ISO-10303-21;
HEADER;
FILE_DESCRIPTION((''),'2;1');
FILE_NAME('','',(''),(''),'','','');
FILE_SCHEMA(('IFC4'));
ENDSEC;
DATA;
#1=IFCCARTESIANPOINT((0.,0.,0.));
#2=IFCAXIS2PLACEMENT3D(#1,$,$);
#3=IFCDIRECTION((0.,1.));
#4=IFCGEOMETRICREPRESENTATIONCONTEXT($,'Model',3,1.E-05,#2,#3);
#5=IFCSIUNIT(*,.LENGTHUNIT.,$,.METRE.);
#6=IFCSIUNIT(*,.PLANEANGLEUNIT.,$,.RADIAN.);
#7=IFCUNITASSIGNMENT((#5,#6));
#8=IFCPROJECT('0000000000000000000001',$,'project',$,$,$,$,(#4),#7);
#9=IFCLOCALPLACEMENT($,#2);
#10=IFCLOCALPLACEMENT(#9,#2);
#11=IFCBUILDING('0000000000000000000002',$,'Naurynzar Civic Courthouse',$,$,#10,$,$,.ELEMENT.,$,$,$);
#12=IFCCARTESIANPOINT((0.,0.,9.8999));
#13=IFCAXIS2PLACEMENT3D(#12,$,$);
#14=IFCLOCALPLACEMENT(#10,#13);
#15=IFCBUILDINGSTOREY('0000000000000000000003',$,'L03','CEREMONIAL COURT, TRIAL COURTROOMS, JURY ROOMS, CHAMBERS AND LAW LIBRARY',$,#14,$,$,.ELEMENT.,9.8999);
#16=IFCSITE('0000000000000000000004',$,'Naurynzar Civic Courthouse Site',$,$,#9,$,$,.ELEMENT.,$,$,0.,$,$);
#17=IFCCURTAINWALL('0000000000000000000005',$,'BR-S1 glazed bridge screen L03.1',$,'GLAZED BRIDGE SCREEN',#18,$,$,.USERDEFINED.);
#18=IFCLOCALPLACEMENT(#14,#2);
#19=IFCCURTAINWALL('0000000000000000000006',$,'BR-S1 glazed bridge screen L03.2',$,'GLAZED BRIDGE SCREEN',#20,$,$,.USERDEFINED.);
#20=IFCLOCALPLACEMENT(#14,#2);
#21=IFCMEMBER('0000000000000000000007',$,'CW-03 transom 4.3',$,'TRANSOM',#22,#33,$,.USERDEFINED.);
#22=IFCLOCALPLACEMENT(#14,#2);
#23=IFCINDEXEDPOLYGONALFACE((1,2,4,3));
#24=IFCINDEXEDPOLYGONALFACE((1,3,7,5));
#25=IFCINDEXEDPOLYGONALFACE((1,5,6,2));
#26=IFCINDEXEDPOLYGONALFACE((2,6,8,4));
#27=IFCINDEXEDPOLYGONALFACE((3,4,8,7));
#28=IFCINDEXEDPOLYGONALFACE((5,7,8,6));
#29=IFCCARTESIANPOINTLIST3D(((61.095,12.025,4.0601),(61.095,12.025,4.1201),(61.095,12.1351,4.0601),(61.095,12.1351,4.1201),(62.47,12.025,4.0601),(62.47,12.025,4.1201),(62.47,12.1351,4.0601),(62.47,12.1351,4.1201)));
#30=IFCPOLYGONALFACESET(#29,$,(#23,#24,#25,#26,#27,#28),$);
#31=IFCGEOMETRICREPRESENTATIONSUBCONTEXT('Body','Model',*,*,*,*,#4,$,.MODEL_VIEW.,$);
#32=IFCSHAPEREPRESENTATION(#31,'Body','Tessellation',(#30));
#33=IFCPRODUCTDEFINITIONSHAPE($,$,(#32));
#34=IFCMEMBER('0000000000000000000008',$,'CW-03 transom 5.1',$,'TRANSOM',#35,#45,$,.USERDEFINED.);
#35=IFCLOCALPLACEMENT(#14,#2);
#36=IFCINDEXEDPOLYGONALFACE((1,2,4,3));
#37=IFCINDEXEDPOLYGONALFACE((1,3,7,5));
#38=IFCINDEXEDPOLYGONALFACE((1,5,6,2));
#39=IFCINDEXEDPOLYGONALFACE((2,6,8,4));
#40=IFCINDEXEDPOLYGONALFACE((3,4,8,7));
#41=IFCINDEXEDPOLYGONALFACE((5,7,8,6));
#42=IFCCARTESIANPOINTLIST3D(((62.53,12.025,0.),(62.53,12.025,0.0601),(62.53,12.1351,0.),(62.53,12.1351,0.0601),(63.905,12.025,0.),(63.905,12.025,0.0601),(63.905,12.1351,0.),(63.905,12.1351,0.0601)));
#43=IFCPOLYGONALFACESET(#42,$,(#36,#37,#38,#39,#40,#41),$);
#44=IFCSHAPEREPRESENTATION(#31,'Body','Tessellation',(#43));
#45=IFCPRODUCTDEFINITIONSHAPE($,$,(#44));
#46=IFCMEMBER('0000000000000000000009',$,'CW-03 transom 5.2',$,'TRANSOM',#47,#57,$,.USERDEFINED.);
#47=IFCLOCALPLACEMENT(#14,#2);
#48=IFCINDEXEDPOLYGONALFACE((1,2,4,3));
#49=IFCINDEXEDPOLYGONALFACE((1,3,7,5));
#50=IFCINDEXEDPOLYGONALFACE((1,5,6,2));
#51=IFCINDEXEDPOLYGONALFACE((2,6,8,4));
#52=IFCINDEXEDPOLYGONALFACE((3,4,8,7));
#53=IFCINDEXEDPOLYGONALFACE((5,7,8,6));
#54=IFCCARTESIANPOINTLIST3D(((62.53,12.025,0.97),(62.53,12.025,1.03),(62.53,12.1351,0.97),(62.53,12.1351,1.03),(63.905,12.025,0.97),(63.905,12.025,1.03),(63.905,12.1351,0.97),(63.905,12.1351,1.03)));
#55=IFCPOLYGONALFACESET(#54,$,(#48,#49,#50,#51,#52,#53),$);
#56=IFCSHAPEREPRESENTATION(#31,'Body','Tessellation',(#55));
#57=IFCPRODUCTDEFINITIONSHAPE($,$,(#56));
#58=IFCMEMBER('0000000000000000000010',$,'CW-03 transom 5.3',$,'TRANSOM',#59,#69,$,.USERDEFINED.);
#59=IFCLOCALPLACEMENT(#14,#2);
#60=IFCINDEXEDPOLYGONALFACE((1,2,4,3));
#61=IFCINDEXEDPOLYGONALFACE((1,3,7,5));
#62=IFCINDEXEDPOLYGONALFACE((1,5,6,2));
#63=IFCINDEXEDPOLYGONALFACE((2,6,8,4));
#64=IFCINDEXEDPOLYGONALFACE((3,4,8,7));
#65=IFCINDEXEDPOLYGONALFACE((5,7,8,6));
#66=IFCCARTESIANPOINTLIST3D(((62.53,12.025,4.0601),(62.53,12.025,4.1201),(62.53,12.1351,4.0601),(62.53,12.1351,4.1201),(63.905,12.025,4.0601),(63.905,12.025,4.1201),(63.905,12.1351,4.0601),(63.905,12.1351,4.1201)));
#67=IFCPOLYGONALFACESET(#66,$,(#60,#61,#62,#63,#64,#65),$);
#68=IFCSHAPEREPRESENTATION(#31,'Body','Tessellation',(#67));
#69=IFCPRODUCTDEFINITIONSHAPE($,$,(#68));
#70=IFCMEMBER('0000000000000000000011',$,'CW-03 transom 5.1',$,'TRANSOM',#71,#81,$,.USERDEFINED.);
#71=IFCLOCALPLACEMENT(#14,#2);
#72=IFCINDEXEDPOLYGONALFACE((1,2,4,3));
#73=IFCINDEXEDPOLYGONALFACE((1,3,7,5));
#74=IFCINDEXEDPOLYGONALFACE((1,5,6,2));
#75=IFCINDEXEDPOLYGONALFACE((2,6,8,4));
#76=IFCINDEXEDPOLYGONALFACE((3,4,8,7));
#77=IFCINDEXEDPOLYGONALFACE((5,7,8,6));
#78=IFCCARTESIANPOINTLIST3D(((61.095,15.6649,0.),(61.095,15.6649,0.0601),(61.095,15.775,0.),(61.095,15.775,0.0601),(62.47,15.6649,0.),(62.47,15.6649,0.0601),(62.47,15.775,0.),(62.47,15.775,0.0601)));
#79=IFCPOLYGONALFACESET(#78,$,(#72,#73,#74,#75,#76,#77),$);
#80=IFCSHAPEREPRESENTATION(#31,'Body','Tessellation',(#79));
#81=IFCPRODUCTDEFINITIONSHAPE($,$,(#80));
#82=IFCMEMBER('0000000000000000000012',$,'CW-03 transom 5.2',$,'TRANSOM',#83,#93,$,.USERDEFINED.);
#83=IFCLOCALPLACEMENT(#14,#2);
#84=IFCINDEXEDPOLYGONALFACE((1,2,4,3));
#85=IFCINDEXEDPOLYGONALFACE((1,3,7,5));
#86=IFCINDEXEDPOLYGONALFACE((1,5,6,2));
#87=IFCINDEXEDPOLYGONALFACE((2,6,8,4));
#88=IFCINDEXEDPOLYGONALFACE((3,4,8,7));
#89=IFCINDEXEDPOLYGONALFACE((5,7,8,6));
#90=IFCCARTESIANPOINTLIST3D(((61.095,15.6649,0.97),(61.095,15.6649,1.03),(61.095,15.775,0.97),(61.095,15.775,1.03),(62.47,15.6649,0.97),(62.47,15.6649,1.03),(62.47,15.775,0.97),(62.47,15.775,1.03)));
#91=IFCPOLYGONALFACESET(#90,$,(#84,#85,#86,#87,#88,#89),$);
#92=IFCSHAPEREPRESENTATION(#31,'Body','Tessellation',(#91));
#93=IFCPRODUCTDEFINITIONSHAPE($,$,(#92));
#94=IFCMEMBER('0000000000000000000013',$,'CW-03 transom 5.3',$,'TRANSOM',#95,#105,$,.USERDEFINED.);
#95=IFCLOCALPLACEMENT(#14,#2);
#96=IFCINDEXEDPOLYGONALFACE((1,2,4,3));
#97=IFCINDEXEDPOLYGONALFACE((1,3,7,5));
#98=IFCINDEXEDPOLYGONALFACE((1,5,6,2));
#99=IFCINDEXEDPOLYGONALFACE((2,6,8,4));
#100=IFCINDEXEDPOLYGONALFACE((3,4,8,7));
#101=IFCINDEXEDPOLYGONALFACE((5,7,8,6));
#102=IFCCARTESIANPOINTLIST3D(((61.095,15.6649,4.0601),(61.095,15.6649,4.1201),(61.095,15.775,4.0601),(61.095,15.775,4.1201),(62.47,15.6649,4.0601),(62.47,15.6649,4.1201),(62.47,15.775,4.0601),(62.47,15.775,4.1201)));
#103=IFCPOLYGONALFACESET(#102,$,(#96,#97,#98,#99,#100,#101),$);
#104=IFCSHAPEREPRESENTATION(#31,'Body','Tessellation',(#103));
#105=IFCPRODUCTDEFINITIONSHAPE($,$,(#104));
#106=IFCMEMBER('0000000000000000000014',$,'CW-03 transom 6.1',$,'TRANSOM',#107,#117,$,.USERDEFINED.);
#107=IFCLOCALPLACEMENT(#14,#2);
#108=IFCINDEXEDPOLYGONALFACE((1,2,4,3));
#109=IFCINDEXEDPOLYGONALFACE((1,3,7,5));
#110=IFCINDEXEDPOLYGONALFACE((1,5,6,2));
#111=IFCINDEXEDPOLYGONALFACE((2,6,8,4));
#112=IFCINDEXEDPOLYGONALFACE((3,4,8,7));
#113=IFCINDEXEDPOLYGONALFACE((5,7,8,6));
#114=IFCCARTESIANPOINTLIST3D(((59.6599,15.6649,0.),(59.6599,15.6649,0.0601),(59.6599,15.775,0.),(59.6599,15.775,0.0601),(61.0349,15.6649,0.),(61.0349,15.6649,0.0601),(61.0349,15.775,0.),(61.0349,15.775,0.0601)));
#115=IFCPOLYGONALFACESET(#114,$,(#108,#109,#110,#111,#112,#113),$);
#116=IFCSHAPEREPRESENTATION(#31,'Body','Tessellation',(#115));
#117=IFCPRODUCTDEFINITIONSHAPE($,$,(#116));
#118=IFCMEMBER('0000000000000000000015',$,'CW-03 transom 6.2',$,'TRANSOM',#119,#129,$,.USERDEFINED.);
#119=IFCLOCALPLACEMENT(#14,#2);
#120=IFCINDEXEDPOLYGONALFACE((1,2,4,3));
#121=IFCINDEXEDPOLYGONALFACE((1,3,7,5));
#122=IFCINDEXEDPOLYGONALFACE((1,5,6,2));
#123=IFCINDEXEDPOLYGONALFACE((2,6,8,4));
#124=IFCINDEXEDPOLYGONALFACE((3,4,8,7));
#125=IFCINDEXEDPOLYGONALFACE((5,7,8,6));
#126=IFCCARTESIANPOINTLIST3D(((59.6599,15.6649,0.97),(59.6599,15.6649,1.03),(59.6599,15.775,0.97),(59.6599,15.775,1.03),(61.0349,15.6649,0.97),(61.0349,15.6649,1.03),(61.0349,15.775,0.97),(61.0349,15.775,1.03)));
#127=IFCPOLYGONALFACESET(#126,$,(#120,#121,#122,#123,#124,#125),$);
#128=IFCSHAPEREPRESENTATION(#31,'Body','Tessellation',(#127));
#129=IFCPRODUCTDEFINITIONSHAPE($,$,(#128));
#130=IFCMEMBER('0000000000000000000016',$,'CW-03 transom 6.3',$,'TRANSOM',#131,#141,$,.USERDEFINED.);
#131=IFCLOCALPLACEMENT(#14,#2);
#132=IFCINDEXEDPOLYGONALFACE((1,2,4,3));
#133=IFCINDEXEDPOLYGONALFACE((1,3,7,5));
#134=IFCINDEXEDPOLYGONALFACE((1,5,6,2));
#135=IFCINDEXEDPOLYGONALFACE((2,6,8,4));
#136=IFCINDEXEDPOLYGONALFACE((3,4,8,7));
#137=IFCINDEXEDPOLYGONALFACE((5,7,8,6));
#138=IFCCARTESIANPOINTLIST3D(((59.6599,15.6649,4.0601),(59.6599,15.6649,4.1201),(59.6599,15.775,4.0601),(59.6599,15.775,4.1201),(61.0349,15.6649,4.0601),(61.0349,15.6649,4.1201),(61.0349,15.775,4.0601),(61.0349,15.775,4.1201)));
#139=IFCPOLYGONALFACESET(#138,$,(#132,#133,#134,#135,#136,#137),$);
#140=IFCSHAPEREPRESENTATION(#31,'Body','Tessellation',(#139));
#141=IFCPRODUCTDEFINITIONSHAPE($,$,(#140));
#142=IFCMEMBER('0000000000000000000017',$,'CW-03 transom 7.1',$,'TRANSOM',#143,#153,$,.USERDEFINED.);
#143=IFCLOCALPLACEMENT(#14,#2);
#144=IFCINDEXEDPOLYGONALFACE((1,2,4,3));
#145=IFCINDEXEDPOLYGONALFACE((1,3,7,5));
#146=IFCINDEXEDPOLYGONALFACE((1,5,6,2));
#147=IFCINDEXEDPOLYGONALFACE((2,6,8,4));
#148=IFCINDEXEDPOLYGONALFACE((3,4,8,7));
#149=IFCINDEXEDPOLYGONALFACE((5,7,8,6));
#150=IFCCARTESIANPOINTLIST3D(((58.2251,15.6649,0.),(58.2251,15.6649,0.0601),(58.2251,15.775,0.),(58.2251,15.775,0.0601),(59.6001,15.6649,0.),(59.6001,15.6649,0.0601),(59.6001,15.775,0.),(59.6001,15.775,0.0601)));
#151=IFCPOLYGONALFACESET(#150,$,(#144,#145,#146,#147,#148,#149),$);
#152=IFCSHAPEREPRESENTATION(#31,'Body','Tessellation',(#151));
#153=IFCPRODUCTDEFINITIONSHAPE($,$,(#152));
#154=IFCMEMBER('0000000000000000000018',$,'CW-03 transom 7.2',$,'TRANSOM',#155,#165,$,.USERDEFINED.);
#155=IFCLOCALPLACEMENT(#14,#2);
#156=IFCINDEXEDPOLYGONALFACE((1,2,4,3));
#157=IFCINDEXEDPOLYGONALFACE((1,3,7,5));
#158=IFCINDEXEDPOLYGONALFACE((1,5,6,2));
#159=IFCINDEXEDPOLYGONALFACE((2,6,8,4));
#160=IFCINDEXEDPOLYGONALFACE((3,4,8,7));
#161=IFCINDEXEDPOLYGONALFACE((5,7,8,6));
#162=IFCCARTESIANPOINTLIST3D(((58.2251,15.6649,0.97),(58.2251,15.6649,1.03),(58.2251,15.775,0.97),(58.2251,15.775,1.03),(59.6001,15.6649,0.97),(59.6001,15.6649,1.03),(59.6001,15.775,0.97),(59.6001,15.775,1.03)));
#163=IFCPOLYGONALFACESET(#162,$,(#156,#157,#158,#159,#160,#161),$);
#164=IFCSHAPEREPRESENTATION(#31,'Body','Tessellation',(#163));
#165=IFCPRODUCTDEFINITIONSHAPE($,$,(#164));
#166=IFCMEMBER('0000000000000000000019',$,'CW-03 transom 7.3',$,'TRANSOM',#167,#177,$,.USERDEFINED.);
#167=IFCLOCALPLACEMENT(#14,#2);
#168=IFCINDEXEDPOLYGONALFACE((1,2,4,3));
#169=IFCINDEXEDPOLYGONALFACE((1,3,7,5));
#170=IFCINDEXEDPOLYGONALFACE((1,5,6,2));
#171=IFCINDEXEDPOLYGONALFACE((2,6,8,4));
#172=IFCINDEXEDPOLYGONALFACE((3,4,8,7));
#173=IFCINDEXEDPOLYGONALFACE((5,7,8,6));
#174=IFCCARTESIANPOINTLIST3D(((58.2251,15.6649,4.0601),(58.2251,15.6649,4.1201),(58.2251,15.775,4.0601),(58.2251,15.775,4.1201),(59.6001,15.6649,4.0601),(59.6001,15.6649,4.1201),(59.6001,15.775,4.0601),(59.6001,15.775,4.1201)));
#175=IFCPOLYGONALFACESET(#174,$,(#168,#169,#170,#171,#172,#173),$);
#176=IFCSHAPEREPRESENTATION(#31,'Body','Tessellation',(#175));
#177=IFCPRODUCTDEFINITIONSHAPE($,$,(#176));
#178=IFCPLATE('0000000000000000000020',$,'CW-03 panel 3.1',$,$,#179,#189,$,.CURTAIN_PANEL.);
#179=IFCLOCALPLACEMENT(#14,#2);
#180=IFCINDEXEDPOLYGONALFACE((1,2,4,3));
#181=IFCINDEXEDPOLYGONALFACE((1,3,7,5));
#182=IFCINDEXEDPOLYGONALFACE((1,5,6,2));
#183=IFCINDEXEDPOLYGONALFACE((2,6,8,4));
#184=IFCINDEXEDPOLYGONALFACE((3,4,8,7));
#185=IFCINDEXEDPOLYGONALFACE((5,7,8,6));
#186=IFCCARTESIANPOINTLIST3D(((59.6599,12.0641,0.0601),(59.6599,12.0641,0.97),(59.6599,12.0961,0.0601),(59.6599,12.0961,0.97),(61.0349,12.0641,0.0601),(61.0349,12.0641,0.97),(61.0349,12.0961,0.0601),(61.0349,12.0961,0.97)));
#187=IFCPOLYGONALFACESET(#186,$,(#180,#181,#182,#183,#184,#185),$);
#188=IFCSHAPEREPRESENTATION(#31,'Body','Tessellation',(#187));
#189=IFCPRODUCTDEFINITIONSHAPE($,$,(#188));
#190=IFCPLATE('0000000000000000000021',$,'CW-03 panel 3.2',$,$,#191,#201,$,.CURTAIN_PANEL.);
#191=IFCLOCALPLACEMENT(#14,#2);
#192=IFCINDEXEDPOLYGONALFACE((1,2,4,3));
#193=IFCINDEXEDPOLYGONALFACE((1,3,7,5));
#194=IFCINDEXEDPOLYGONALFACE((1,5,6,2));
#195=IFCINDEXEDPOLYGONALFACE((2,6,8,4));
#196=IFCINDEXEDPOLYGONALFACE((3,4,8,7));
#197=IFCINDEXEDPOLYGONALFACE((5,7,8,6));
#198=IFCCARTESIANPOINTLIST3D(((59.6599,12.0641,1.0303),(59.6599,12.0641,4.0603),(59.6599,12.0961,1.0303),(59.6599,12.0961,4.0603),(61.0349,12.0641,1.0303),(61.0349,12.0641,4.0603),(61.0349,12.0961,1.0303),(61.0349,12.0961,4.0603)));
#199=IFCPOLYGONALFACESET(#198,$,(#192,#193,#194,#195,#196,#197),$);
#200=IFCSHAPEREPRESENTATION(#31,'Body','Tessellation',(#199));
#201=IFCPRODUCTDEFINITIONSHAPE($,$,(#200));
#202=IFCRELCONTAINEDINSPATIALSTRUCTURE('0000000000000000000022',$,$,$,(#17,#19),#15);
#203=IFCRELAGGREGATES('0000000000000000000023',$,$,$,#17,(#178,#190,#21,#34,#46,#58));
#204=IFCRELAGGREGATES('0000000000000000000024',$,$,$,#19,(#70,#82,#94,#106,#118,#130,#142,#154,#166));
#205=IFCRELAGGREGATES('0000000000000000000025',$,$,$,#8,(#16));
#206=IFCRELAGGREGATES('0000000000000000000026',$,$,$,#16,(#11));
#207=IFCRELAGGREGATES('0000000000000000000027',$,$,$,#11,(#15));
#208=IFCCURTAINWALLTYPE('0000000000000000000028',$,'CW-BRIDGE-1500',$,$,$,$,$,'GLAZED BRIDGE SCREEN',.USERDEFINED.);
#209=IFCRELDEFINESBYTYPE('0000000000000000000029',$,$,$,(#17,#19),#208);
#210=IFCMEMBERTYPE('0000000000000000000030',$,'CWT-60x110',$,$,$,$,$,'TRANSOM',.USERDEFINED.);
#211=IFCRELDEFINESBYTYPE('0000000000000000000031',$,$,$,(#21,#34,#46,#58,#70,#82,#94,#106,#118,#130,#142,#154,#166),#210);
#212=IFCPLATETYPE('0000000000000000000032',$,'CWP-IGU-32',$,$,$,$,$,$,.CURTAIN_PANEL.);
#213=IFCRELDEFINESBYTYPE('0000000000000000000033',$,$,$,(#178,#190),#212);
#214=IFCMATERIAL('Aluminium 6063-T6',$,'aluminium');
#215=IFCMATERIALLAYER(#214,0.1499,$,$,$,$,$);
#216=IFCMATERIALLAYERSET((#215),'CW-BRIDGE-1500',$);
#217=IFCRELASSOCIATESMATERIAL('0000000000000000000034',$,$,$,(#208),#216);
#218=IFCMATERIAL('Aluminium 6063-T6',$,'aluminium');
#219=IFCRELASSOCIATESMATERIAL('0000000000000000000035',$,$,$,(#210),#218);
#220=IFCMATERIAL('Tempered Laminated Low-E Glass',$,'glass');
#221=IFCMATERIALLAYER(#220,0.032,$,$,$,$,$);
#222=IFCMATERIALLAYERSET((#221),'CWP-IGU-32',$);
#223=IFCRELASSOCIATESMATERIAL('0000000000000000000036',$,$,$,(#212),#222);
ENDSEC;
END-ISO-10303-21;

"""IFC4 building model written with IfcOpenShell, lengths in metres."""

from ifc_helpers import new_model, si_unit, direction, frame, origin, origin_2d, place, context, subcontext, project, spatial, rectangle, extrude, material, layer, layer_set, material_profile, profile_set, type_object, element, aggregate, save


model = new_model("IFC4")

# Units and contexts
model_context = context("Model", 3, precision=1e-05, world=origin(), true_north=direction((0.0, 1.0)))
body_context = subcontext(model_context, "Body", "Model", "MODEL_VIEW")
ifc_project = project(units=[si_unit("LENGTHUNIT", "METRE"), si_unit("PLANEANGLEUNIT", "RADIAN")], contexts=[model_context])

# Site, building, storey
site_placement = place(None, origin())
site = spatial("IfcSite", under=ifc_project, at=site_placement, Name="Naurynzar Civic Courthouse Site", CompositionType="ELEMENT", RefElevation=0.0)
building_placement = place(site_placement, origin())
building = spatial("IfcBuilding", under=site, at=building_placement, Name="Naurynzar Civic Courthouse", CompositionType="ELEMENT")
storey_placement = place(building_placement, frame((0.0, 0.0, 9.8999)))
storey = spatial("IfcBuildingStorey", under=building, at=storey_placement, Name="L03", Description="CEREMONIAL COURT, TRIAL COURTROOMS, JURY ROOMS, CHAMBERS AND LAW LIBRARY", CompositionType="ELEMENT", Elevation=9.8999)

# Curtain walls
ifc_material_1 = material(Name="Aluminium 6063-T6", Category="aluminium")
ifc_layer_1 = layer(ifc_material_1, 0.1499)
ifc_layer_set_1 = layer_set([ifc_layer_1], Name="CW-BRIDGE-1500")
curtain_wall_type = type_object("IfcCurtainWallType", Name="CW-BRIDGE-1500", ElementType="GLAZED BRIDGE SCREEN", PredefinedType="USERDEFINED", material=ifc_layer_set_1)
curtain_wall_1_placement = place(storey_placement, origin())
curtain_wall_1 = element("IfcCurtainWall", 1, at=curtain_wall_1_placement, inside=storey, type_object=curtain_wall_type, Name="BR-S1 glazed bridge screen L03.1", ObjectType="GLAZED BRIDGE SCREEN", PredefinedType="USERDEFINED")
curtain_wall_2_placement = place(storey_placement, origin())
curtain_wall_2 = element("IfcCurtainWall", 2, at=curtain_wall_2_placement, inside=storey, type_object=curtain_wall_type, Name="BR-S1 glazed bridge screen L03.2", ObjectType="GLAZED BRIDGE SCREEN", PredefinedType="USERDEFINED")

# Members
ifc_material_2 = material(Name="Aluminium 6063-T6", Category="aluminium")
ifc_material_profile_1 = material_profile(ifc_material_2, rectangle(XDim=0.1101, YDim=0.0601, at=origin_2d()), Name="ALU TRANSOM 60x110")
ifc_profile_set_1 = profile_set([ifc_material_profile_1], Name="Aluminium 6063-T6")
member_type_1 = type_object("IfcMemberType", Name="CWT-60x110", ElementType="TRANSOM", PredefinedType="USERDEFINED", material=ifc_profile_set_1)
member_1_placement = place(storey_placement, frame((61.095, 12.0801, 4.0901), z_axis=(1.0, 0.0, 0.0), x_axis=(0.0, 1.0, 0.0)))
member_1 = element("IfcMember", 3, at=member_1_placement, type_object=member_type_1, Name="CW-03 transom 4.3", ObjectType="TRANSOM", PredefinedType="USERDEFINED", context=body_context, shape_type="SweptSolid", body=[
    extrude(rectangle(XDim=0.1101, YDim=0.0601, at=origin_2d()), origin(), (0.0, 0.0, 1.0), 1.375),
])
member_2_placement = place(storey_placement, frame((62.53, 12.0801, 0.03), z_axis=(1.0, 0.0, 0.0), x_axis=(0.0, 1.0, 0.0)))
member_2 = element("IfcMember", 4, at=member_2_placement, type_object=member_type_1, Name="CW-03 transom 5.1", ObjectType="TRANSOM", PredefinedType="USERDEFINED", context=body_context, shape_type="SweptSolid", body=[
    extrude(rectangle(XDim=0.1101, YDim=0.0601, at=origin_2d()), origin(), (0.0, 0.0, 1.0), 1.375),
])
member_3_placement = place(storey_placement, frame((62.53, 12.0801, 1.0), z_axis=(1.0, 0.0, 0.0), x_axis=(0.0, 1.0, 0.0)))
member_3 = element("IfcMember", 5, at=member_3_placement, type_object=member_type_1, Name="CW-03 transom 5.2", ObjectType="TRANSOM", PredefinedType="USERDEFINED", context=body_context, shape_type="SweptSolid", body=[
    extrude(rectangle(XDim=0.1101, YDim=0.0601, at=origin_2d()), origin(), (0.0, 0.0, 1.0), 1.375),
])
member_4_placement = place(storey_placement, frame((62.53, 12.0801, 4.0901), z_axis=(1.0, 0.0, 0.0), x_axis=(0.0, 1.0, 0.0)))
member_4 = element("IfcMember", 6, at=member_4_placement, type_object=member_type_1, Name="CW-03 transom 5.3", ObjectType="TRANSOM", PredefinedType="USERDEFINED", context=body_context, shape_type="SweptSolid", body=[
    extrude(rectangle(XDim=0.1101, YDim=0.0601, at=origin_2d()), origin(), (0.0, 0.0, 1.0), 1.375),
])
member_5_placement = place(storey_placement, frame((62.47, 15.72, 0.03), z_axis=(-1.0, 0.0, 0.0), x_axis=(0.0, -1.0, 0.0)))
member_5 = element("IfcMember", 7, at=member_5_placement, type_object=member_type_1, Name="CW-03 transom 5.1", ObjectType="TRANSOM", PredefinedType="USERDEFINED", context=body_context, shape_type="SweptSolid", body=[
    extrude(rectangle(XDim=0.1101, YDim=0.0601, at=origin_2d()), origin(), (0.0, 0.0, 1.0), 1.375),
])
member_6_placement = place(storey_placement, frame((62.47, 15.72, 1.0), z_axis=(-1.0, 0.0, 0.0), x_axis=(0.0, -1.0, 0.0)))
member_6 = element("IfcMember", 8, at=member_6_placement, type_object=member_type_1, Name="CW-03 transom 5.2", ObjectType="TRANSOM", PredefinedType="USERDEFINED", context=body_context, shape_type="SweptSolid", body=[
    extrude(rectangle(XDim=0.1101, YDim=0.0601, at=origin_2d()), origin(), (0.0, 0.0, 1.0), 1.375),
])
member_7_placement = place(storey_placement, frame((62.47, 15.72, 4.0901), z_axis=(-1.0, 0.0, 0.0), x_axis=(0.0, -1.0, 0.0)))
member_7 = element("IfcMember", 9, at=member_7_placement, type_object=member_type_1, Name="CW-03 transom 5.3", ObjectType="TRANSOM", PredefinedType="USERDEFINED", context=body_context, shape_type="SweptSolid", body=[
    extrude(rectangle(XDim=0.1101, YDim=0.0601, at=origin_2d()), origin(), (0.0, 0.0, 1.0), 1.375),
])
member_8_placement = place(storey_placement, frame((61.0349, 15.72, 0.03), z_axis=(-1.0, 0.0, 0.0), x_axis=(0.0, -1.0, 0.0)))
member_8 = element("IfcMember", 10, at=member_8_placement, type_object=member_type_1, Name="CW-03 transom 6.1", ObjectType="TRANSOM", PredefinedType="USERDEFINED", context=body_context, shape_type="SweptSolid", body=[
    extrude(rectangle(XDim=0.1101, YDim=0.0601, at=origin_2d()), origin(), (0.0, 0.0, 1.0), 1.375),
])
member_9_placement = place(storey_placement, frame((61.0349, 15.72, 1.0), z_axis=(-1.0, 0.0, 0.0), x_axis=(0.0, -1.0, 0.0)))
member_9 = element("IfcMember", 11, at=member_9_placement, type_object=member_type_1, Name="CW-03 transom 6.2", ObjectType="TRANSOM", PredefinedType="USERDEFINED", context=body_context, shape_type="SweptSolid", body=[
    extrude(rectangle(XDim=0.1101, YDim=0.0601, at=origin_2d()), origin(), (0.0, 0.0, 1.0), 1.375),
])
member_10_placement = place(storey_placement, frame((61.0349, 15.72, 4.0901), z_axis=(-1.0, 0.0, 0.0), x_axis=(0.0, -1.0, 0.0)))
member_10 = element("IfcMember", 12, at=member_10_placement, type_object=member_type_1, Name="CW-03 transom 6.3", ObjectType="TRANSOM", PredefinedType="USERDEFINED", context=body_context, shape_type="SweptSolid", body=[
    extrude(rectangle(XDim=0.1101, YDim=0.0601, at=origin_2d()), origin(), (0.0, 0.0, 1.0), 1.375),
])
member_11_placement = place(storey_placement, frame((59.6001, 15.72, 0.03), z_axis=(-1.0, 0.0, 0.0), x_axis=(0.0, -1.0, 0.0)))
member_11 = element("IfcMember", 13, at=member_11_placement, type_object=member_type_1, Name="CW-03 transom 7.1", ObjectType="TRANSOM", PredefinedType="USERDEFINED", context=body_context, shape_type="SweptSolid", body=[
    extrude(rectangle(XDim=0.1101, YDim=0.0601, at=origin_2d()), origin(), (0.0, 0.0, 1.0), 1.375),
])
member_12_placement = place(storey_placement, frame((59.6001, 15.72, 1.0), z_axis=(-1.0, 0.0, 0.0), x_axis=(0.0, -1.0, 0.0)))
member_12 = element("IfcMember", 14, at=member_12_placement, type_object=member_type_1, Name="CW-03 transom 7.2", ObjectType="TRANSOM", PredefinedType="USERDEFINED", context=body_context, shape_type="SweptSolid", body=[
    extrude(rectangle(XDim=0.1101, YDim=0.0601, at=origin_2d()), origin(), (0.0, 0.0, 1.0), 1.375),
])
member_13_placement = place(storey_placement, frame((59.6001, 15.72, 4.0901), z_axis=(-1.0, 0.0, 0.0), x_axis=(0.0, -1.0, 0.0)))
member_13 = element("IfcMember", 15, at=member_13_placement, type_object=member_type_1, Name="CW-03 transom 7.3", ObjectType="TRANSOM", PredefinedType="USERDEFINED", context=body_context, shape_type="SweptSolid", body=[
    extrude(rectangle(XDim=0.1101, YDim=0.0601, at=origin_2d()), origin(), (0.0, 0.0, 1.0), 1.375),
])

# Plates
ifc_material_3 = material(Name="Tempered Laminated Low-E Glass", Category="glass")
ifc_layer_2 = layer(ifc_material_3, 0.032)
ifc_layer_set_2 = layer_set([ifc_layer_2], Name="CWP-IGU-32")
plate_type = type_object("IfcPlateType", Name="CWP-IGU-32", PredefinedType="CURTAIN_PANEL", material=ifc_layer_set_2)
plate_1_placement = place(storey_placement, frame((60.3474, 12.0801, 0.0601), z_axis=(0.0, 0.0, 1.0), x_axis=(1.0, 0.0, 0.0)))
plate_1 = element("IfcPlate", 16, at=plate_1_placement, type_object=plate_type, Name="CW-03 panel 3.1", PredefinedType="CURTAIN_PANEL", context=body_context, shape_type="SweptSolid", body=[
    extrude(rectangle(XDim=1.375, YDim=0.032, at=origin_2d()), origin(), (0.0, 0.0, 1.0), 0.9099),
])
plate_2_placement = place(storey_placement, frame((60.3474, 12.0801, 1.0303), z_axis=(0.0, 0.0, 1.0), x_axis=(1.0, 0.0, 0.0)))
plate_2 = element("IfcPlate", 17, at=plate_2_placement, type_object=plate_type, Name="CW-03 panel 3.2", PredefinedType="CURTAIN_PANEL", context=body_context, shape_type="SweptSolid", body=[
    extrude(rectangle(XDim=1.375, YDim=0.032, at=origin_2d()), origin(), (0.0, 0.0, 1.0), 3.03),
])
aggregate(curtain_wall_1, [plate_1, plate_2, member_1, member_2, member_3, member_4])
aggregate(curtain_wall_2, [member_5, member_6, member_7, member_8, member_9, member_10, member_11, member_12, member_13])

save(model, "model.ifc")
